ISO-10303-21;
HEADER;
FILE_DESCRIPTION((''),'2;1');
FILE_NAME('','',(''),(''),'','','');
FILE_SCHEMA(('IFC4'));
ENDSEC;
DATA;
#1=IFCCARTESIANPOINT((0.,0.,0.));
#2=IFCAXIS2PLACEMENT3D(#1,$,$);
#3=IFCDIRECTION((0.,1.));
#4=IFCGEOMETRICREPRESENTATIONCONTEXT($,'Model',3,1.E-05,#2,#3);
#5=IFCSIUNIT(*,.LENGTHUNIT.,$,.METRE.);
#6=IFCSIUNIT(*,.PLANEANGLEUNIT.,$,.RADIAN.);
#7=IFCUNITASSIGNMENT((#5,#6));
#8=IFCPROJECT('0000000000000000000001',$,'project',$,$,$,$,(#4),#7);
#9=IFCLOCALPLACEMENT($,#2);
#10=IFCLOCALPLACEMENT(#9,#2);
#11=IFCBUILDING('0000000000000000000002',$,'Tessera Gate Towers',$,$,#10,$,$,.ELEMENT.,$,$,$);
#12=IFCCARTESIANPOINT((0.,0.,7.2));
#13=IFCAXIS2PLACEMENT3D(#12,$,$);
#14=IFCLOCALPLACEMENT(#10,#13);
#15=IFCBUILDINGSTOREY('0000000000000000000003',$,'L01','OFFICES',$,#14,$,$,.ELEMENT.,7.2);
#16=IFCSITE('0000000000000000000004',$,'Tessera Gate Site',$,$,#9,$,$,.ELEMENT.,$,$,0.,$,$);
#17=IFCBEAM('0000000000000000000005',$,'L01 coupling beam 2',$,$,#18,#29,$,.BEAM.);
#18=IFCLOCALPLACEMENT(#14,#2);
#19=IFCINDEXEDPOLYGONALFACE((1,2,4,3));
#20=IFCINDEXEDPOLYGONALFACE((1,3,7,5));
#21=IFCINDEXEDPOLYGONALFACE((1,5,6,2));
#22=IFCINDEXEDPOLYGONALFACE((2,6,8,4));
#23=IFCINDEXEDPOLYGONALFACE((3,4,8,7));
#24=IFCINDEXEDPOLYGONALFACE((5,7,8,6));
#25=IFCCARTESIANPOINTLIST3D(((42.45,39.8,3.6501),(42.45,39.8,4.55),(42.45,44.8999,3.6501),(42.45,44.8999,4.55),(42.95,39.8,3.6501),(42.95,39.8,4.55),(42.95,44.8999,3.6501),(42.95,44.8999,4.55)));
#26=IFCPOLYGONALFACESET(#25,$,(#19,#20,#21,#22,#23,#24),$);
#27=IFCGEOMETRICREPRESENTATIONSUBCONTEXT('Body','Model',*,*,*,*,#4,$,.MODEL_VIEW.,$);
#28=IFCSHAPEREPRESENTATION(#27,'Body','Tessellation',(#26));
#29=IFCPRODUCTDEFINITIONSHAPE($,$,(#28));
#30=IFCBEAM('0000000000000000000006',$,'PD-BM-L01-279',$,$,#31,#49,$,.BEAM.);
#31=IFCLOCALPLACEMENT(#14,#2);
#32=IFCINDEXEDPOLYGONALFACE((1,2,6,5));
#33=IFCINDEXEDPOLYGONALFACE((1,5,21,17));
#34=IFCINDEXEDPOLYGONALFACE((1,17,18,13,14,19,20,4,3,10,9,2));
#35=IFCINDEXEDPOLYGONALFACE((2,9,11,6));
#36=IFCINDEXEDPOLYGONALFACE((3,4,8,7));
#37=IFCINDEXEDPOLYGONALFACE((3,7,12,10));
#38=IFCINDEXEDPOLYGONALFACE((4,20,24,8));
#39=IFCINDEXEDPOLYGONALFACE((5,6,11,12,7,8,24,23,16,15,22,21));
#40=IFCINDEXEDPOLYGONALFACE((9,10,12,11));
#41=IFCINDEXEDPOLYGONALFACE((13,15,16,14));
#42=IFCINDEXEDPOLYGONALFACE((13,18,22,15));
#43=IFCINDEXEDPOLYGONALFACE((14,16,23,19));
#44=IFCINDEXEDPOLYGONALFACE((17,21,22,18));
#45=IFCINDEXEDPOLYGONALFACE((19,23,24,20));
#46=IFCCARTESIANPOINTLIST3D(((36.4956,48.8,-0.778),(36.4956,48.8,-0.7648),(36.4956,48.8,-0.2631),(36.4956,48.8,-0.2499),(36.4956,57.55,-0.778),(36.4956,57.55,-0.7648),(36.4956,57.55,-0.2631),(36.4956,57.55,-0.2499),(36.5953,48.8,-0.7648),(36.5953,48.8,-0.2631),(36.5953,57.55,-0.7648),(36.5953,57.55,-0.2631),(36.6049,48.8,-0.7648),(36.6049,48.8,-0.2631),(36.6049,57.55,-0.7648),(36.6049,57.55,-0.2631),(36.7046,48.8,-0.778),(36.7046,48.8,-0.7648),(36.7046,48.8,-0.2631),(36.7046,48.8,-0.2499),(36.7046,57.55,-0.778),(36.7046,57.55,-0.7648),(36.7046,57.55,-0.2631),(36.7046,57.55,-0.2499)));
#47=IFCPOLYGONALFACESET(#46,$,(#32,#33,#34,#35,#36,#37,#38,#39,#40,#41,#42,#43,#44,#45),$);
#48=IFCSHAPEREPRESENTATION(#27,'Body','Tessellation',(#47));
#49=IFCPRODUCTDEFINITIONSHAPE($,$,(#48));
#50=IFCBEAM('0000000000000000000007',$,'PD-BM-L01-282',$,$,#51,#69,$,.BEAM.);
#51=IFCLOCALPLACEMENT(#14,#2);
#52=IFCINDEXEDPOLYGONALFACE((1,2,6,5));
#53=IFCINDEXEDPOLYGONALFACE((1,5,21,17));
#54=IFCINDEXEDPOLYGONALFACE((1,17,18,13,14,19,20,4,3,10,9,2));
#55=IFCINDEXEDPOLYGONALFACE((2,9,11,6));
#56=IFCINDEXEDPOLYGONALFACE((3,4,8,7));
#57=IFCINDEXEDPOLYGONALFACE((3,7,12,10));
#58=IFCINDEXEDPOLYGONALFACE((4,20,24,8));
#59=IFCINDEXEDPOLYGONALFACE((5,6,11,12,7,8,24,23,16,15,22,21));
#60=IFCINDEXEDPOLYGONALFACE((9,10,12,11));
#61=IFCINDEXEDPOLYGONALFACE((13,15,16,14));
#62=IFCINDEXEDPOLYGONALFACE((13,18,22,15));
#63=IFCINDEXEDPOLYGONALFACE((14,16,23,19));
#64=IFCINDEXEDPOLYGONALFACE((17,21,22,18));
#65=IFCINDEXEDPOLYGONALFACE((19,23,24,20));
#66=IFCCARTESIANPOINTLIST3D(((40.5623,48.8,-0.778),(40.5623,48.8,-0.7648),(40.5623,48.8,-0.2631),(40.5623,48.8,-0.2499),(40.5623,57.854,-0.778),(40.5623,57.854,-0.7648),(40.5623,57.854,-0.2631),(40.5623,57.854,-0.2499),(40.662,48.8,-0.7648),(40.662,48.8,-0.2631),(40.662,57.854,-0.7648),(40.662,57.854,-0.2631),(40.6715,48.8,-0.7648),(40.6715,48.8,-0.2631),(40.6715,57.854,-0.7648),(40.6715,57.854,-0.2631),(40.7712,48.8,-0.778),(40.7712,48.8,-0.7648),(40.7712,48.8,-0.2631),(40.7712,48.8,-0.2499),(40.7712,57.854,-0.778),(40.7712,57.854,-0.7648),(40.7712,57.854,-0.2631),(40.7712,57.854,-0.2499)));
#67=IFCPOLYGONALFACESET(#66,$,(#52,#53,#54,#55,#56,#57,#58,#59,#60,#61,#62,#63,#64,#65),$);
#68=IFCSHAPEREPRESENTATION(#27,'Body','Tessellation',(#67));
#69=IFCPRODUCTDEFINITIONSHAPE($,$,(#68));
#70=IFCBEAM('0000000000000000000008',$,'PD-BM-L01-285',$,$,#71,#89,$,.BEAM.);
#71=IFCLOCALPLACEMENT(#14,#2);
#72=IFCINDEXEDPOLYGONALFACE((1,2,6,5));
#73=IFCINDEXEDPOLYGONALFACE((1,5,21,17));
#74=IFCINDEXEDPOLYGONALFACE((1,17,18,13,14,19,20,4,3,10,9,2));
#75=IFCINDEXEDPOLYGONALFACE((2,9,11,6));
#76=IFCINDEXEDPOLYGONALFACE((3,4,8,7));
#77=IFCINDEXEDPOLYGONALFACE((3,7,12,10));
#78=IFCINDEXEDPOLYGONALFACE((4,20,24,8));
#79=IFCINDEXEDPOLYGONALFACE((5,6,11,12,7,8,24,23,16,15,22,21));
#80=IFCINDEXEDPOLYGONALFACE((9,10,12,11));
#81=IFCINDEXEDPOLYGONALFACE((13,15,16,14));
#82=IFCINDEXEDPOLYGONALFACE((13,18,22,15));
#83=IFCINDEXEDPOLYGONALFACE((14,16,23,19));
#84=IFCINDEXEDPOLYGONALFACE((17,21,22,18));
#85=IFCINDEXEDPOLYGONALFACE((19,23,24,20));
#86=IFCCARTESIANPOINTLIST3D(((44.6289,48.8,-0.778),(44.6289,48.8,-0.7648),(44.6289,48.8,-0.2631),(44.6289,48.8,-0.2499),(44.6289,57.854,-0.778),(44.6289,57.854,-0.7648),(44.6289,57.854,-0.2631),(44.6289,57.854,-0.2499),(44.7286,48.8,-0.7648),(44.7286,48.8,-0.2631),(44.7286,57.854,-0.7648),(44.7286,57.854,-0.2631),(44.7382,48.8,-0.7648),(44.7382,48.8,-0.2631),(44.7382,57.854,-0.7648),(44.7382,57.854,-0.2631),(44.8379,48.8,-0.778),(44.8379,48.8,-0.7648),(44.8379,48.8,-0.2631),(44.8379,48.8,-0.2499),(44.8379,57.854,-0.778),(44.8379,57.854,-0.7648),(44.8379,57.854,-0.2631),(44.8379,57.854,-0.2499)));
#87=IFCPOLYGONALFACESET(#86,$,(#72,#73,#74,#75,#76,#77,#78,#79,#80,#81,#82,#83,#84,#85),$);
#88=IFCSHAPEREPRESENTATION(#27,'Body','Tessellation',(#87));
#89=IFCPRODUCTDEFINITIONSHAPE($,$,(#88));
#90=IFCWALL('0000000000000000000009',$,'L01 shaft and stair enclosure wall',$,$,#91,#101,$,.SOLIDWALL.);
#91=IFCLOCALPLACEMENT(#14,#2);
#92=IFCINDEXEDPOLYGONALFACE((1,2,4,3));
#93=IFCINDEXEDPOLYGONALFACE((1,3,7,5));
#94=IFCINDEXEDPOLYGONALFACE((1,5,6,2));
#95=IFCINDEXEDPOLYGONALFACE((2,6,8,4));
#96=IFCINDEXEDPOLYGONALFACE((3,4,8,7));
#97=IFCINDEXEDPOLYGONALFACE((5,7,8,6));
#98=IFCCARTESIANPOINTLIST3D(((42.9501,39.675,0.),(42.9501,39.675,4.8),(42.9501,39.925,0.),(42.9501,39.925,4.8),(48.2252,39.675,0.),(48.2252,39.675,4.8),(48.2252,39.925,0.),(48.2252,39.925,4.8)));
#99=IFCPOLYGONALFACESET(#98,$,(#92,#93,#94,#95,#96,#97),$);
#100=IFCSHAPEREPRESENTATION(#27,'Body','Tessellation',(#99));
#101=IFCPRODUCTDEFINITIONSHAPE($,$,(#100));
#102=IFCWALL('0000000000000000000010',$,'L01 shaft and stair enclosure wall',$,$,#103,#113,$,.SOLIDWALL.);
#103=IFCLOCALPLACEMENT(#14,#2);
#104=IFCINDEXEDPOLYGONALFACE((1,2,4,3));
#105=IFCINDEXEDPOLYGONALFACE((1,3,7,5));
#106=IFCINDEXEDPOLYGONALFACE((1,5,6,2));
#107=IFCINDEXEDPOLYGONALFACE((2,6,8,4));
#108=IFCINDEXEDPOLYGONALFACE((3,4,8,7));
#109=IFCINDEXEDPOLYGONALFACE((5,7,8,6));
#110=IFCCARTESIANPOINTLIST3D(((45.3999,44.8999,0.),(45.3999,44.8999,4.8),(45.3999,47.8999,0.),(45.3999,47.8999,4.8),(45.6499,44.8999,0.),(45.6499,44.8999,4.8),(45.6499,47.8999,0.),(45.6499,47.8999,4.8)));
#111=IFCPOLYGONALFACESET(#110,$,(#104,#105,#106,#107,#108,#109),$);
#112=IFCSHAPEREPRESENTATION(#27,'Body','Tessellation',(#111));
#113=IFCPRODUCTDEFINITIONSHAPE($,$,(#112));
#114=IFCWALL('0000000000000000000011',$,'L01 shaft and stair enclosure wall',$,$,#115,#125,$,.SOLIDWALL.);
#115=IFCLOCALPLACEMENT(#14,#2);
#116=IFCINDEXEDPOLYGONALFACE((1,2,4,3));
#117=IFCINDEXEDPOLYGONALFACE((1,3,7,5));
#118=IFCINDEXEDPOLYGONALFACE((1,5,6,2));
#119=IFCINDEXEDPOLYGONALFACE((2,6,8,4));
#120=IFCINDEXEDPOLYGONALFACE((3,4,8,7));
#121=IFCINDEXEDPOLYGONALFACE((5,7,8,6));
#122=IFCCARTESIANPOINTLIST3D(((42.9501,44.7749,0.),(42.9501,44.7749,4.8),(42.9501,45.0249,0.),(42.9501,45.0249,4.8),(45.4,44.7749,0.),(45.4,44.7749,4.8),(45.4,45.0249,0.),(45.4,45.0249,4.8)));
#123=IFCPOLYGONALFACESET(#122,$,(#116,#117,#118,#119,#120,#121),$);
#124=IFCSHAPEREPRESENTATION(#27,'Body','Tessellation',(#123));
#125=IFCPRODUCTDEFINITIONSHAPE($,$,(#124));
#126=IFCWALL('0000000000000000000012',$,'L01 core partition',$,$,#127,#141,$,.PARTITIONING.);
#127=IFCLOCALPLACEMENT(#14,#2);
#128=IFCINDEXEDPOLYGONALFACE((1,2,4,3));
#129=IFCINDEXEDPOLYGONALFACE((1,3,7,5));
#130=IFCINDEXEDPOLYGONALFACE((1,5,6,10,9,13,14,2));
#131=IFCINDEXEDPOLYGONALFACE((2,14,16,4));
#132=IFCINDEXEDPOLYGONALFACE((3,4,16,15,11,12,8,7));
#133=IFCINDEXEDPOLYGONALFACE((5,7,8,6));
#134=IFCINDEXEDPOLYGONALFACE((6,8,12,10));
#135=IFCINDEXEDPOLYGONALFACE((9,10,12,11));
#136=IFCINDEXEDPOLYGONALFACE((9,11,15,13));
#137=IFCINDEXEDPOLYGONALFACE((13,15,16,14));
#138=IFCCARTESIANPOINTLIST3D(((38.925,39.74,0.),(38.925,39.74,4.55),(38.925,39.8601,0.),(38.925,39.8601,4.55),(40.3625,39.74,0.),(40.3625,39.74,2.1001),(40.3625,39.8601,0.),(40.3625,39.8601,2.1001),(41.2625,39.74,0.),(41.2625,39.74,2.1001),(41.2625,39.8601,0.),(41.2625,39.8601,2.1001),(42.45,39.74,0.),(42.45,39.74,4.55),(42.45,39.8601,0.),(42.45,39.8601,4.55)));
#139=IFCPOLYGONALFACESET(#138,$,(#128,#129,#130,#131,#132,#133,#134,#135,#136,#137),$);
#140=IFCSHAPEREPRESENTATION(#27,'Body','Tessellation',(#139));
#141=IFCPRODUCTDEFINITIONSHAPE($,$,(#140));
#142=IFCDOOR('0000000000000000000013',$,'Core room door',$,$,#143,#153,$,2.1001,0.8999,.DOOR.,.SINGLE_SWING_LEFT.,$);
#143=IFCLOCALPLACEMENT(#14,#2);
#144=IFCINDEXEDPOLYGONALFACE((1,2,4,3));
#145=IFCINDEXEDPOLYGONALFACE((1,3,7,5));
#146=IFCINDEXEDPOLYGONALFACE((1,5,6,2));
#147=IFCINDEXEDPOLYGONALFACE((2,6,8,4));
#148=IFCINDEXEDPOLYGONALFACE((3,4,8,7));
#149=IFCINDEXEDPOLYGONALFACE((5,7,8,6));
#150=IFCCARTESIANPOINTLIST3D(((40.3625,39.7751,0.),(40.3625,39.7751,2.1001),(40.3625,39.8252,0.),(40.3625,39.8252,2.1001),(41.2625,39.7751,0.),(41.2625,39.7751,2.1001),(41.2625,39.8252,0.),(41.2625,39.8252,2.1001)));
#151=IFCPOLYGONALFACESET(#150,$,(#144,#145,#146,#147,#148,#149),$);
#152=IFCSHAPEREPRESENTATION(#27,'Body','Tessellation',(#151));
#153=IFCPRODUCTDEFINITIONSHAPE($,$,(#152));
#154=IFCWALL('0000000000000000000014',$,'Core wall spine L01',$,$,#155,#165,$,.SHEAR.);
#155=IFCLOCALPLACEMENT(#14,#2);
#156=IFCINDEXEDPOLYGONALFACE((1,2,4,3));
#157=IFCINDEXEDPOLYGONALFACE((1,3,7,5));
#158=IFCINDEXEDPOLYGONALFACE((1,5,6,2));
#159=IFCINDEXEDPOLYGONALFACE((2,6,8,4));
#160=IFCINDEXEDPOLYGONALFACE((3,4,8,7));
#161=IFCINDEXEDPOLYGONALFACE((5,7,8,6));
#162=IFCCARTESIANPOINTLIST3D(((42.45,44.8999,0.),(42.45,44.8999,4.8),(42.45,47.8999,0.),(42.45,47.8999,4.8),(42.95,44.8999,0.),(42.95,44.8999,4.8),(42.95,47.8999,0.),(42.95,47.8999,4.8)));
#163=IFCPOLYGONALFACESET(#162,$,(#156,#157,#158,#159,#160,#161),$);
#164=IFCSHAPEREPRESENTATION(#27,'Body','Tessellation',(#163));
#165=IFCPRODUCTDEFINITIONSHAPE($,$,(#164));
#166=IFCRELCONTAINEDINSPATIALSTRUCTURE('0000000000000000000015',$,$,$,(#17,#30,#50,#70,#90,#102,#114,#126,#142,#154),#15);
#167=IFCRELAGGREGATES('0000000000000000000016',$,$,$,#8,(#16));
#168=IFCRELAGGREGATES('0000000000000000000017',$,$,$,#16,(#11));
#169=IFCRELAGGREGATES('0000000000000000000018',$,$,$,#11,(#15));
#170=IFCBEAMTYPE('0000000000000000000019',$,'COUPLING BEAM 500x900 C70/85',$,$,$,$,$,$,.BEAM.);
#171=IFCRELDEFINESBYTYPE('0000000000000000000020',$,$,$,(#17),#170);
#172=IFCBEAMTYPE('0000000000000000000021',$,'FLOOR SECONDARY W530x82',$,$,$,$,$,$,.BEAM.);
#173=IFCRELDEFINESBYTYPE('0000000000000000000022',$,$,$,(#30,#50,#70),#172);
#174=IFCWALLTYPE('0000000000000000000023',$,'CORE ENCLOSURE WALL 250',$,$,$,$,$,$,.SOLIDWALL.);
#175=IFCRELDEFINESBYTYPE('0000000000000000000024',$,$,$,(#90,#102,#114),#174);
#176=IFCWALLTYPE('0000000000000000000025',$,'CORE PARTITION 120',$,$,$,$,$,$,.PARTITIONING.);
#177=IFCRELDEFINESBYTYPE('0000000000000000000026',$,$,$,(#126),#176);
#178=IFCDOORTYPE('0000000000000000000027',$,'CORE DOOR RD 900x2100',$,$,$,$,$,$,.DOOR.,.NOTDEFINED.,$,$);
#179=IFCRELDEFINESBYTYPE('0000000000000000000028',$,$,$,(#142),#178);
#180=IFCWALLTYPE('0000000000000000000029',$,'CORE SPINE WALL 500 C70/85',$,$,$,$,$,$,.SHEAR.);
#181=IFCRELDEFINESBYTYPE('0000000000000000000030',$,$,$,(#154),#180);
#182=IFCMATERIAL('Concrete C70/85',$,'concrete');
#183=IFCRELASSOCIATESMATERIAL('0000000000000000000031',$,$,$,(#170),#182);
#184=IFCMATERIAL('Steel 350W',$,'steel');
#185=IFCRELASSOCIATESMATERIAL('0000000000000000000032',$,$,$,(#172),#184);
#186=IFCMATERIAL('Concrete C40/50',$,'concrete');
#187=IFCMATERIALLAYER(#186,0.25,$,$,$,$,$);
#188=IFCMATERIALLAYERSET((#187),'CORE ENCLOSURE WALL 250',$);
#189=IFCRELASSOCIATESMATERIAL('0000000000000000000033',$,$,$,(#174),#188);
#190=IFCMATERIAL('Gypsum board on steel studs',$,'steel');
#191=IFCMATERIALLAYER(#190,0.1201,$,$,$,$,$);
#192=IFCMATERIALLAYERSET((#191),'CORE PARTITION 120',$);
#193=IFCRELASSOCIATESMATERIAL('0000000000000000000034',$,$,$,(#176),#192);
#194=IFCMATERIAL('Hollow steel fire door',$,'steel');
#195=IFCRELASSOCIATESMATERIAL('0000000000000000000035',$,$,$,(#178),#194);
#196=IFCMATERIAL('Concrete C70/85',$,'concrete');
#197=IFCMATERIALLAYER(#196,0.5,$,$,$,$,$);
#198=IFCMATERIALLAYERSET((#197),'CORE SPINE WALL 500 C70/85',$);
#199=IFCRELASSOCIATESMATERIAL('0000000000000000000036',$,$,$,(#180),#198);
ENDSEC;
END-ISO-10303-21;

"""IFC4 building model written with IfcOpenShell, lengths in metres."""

from ifc_helpers import new_model, si_unit, direction, frame, frame_2d, origin, origin_2d, place, context, subcontext, project, spatial, rectangle, i_section, extrude, source, transform, mapped, material, layer, layer_set, material_profile, profile_set, type_object, element, fill, save


model = new_model("IFC4")

# Units and contexts
model_context = context("Model", 3, precision=1e-05, world=origin(), true_north=direction((0.0, 1.0)))
body_context = subcontext(model_context, "Body", "Model", "MODEL_VIEW")
ifc_project = project(units=[si_unit("LENGTHUNIT", "METRE"), si_unit("PLANEANGLEUNIT", "RADIAN")], contexts=[model_context])

# Site, building, storey
site_placement = place(None, origin())
site = spatial("IfcSite", under=ifc_project, at=site_placement, Name="Tessera Gate Site", CompositionType="ELEMENT", RefElevation=0.0)
building_placement = place(site_placement, origin())
building = spatial("IfcBuilding", under=site, at=building_placement, Name="Tessera Gate Towers", CompositionType="ELEMENT")
storey_placement = place(building_placement, frame((0.0, 0.0, 7.2)))
storey = spatial("IfcBuildingStorey", under=building, at=storey_placement, Name="L01", Description="OFFICES", CompositionType="ELEMENT", Elevation=7.2)

# Beams
ifc_material_1 = material(Name="Concrete C70/85", Category="concrete")
ifc_material_profile_1 = material_profile(ifc_material_1, rectangle(XDim=0.5, YDim=0.8999, at=origin_2d()), Name="RC 500x900")
ifc_profile_set_1 = profile_set([ifc_material_profile_1], Name="Concrete C70/85")
beam_type_1 = type_object("IfcBeamType", Name="COUPLING BEAM 500x900 C70/85", PredefinedType="BEAM", material=ifc_profile_set_1)
beam_1_placement = place(storey_placement, frame((42.7, 39.8, 4.1001), z_axis=(0.0, 1.0, 0.0), x_axis=(-1.0, 0.0, 0.0)))
element("IfcBeam", 1, at=beam_1_placement, inside=storey, type_object=beam_type_1, Name="L01 coupling beam 2", PredefinedType="BEAM", context=body_context, shape_type="SweptSolid", body=[
    extrude(rectangle(XDim=0.5, YDim=0.8999, at=origin_2d()), origin(), (0.0, 0.0, 1.0), 5.0999),
])
ifc_material_2 = material(Name="Steel 350W", Category="steel")
ifc_material_profile_2 = material_profile(ifc_material_2, i_section(OverallWidth=0.209, OverallDepth=0.5281, WebThickness=0.0095, FlangeThickness=0.0132, at=origin_2d()), Name="W530x82")
ifc_profile_set_2 = profile_set([ifc_material_profile_2], Name="Steel 350W")
beam_type_2 = type_object("IfcBeamType", Name="FLOOR SECONDARY W530x82", PredefinedType="BEAM", material=ifc_profile_set_2)
beam_2_placement = place(storey_placement, frame((36.6001, 48.8, -0.5139), z_axis=(0.0, 1.0, 0.0), x_axis=(-1.0, 0.0, 0.0)))
element("IfcBeam", 2, at=beam_2_placement, inside=storey, type_object=beam_type_2, Name="PD-BM-L01-279", PredefinedType="BEAM", context=body_context, shape_type="SweptSolid", body=[
    extrude(i_section(OverallWidth=0.209, OverallDepth=0.5281, WebThickness=0.0095, FlangeThickness=0.0132, at=origin_2d()), origin(), (0.0, 0.0, 1.0), 8.75),
])
for number, where, z_axis, x_axis, name in (
    (3, (40.6667, 48.8, -0.5139), (0.0, 1.0, 0.0), (-1.0, 0.0, 0.0), "PD-BM-L01-282"),
    (4, (44.7334, 48.8, -0.5139), (0.0, 1.0, 0.0), (-1.0, 0.0, 0.0), "PD-BM-L01-285"),
):
    element("IfcBeam", number, at=place(storey_placement, frame(where, z_axis=z_axis, x_axis=x_axis)), inside=storey, type_object=beam_type_2, Name=name, PredefinedType="BEAM", context=body_context, shape_type="SweptSolid", body=[
        extrude(i_section(OverallWidth=0.209, OverallDepth=0.5281, WebThickness=0.0095, FlangeThickness=0.0132, at=origin_2d()), origin(), (0.0, 0.0, 1.0), 9.054),
    ])

# Walls
ifc_material_3 = material(Name="Concrete C40/50", Category="concrete")
ifc_layer_1 = layer(ifc_material_3, 0.25)
ifc_layer_set_1 = layer_set([ifc_layer_1], Name="CORE ENCLOSURE WALL 250")
wall_type_1 = type_object("IfcWallType", Name="CORE ENCLOSURE WALL 250", PredefinedType="SOLIDWALL", material=ifc_layer_set_1)
wall_1_placement = place(storey_placement, frame((42.95, 39.8, 0.0), z_axis=(0.0, 0.0, 1.0), x_axis=(1.0, 0.0, 0.0)))
element("IfcWall", 5, at=wall_1_placement, inside=storey, type_object=wall_type_1, Name="L01 shaft and stair enclosure wall", PredefinedType="SOLIDWALL", context=body_context, shape_type="SweptSolid", body=[
    extrude(rectangle(XDim=5.2751, YDim=0.25, at=frame_2d((2.6377, 0.0))), origin(), (0.0, 0.0, 1.0), 4.8),
])
wall_2_placement = place(storey_placement, frame((45.5249, 44.8999, 0.0), z_axis=(0.0, 0.0, 1.0), x_axis=(0.0, 1.0, 0.0)))
element("IfcWall", 6, at=wall_2_placement, inside=storey, type_object=wall_type_1, Name="L01 shaft and stair enclosure wall", PredefinedType="SOLIDWALL", context=body_context, shape_type="SweptSolid", body=[
    extrude(rectangle(XDim=3.0, YDim=0.25, at=frame_2d((1.5, 0.0))), origin(), (0.0, 0.0, 1.0), 4.8),
])
wall_3_placement = place(storey_placement, frame((42.95, 44.8999, 0.0), z_axis=(0.0, 0.0, 1.0), x_axis=(1.0, 0.0, 0.0)))
element("IfcWall", 7, at=wall_3_placement, inside=storey, type_object=wall_type_1, Name="L01 shaft and stair enclosure wall", PredefinedType="SOLIDWALL", context=body_context, shape_type="SweptSolid", body=[
    extrude(rectangle(XDim=2.45, YDim=0.25, at=frame_2d((1.2251, 0.0))), origin(), (0.0, 0.0, 1.0), 4.8),
])

# Wall, opening, door
ifc_material_4 = material(Name="Gypsum board on steel studs", Category="steel")
ifc_layer_2 = layer(ifc_material_4, 0.1201)
ifc_layer_set_2 = layer_set([ifc_layer_2], Name="CORE PARTITION 120")
wall_type_2 = type_object("IfcWallType", Name="CORE PARTITION 120", PredefinedType="PARTITIONING", material=ifc_layer_set_2)
wall_4_placement = place(storey_placement, frame((42.45, 39.8, 0.0), z_axis=(0.0, 0.0, 1.0), x_axis=(-1.0, 0.0, 0.0)))
wall_4 = element("IfcWall", 8, at=wall_4_placement, inside=storey, type_object=wall_type_2, Name="L01 core partition", PredefinedType="PARTITIONING", context=body_context, shape_type="SweptSolid", body=[
    extrude(rectangle(XDim=3.5249, YDim=0.1201, at=frame_2d((1.7625, 0.0))), origin(), (0.0, 0.0, 1.0), 4.55),
])
shared_shape_1 = source(origin(), body_context, "Body", "SweptSolid", [
    extrude(rectangle(XDim=0.8999, YDim=2.1001, at=frame_2d((0.45, 1.05))), frame((0.0, 0.0701, 0.0), z_axis=(0.0, -1.0, 0.0), x_axis=(1.0, 0.0, 0.0)), (0.0, 0.0, 1.0), 0.1401),
])
opening_1_placement = place(wall_4_placement, frame((1.1875, 0.0, 0.0)))
opening_1 = element("IfcOpeningElement", 9, at=opening_1_placement, cuts=wall_4, PredefinedType="OPENING", context=body_context, shape_type="MappedRepresentation", body=[
    mapped(shared_shape_1, transform((0.0, 0.0, 0.0), scale=1.0)),
])
ifc_material_5 = material(Name="Hollow steel fire door", Category="steel")
door_type_1 = type_object("IfcDoorType", Name="CORE DOOR RD 900x2100", OperationType="NOTDEFINED", PredefinedType="DOOR", material=ifc_material_5)
shared_shape_2 = source(origin(), body_context, "Body", "SweptSolid", [
    extrude(rectangle(XDim=0.8999, YDim=2.1001, at=frame_2d((0.45, 1.05))), frame((0.0, 0.0249, 0.0), z_axis=(0.0, -1.0, 0.0), x_axis=(1.0, 0.0, 0.0)), (0.0, 0.0, 1.0), 0.05),
])
door_1_placement = place(opening_1_placement, origin())
door_1 = element("IfcDoor", 10, at=door_1_placement, inside=storey, type_object=door_type_1, Name="Core room door", OperationType="SINGLE_SWING_LEFT", OverallHeight=2.1001, OverallWidth=0.8999, PredefinedType="DOOR", context=body_context, shape_type="MappedRepresentation", body=[
    mapped(shared_shape_2, transform((0.0, 0.0, 0.0), scale=1.0)),
])
fill(opening_1, door_1)

# Wall
ifc_material_6 = material(Name="Concrete C70/85", Category="concrete")
ifc_layer_3 = layer(ifc_material_6, 0.5)
ifc_layer_set_3 = layer_set([ifc_layer_3], Name="CORE SPINE WALL 500 C70/85")
wall_type_3 = type_object("IfcWallType", Name="CORE SPINE WALL 500 C70/85", PredefinedType="SHEAR", material=ifc_layer_set_3)
wall_5_placement = place(storey_placement, frame((42.7, 44.8999, 0.0), z_axis=(0.0, 0.0, 1.0), x_axis=(0.0, 1.0, 0.0)))
element("IfcWall", 11, at=wall_5_placement, inside=storey, type_object=wall_type_3, Name="Core wall spine L01", PredefinedType="SHEAR", context=body_context, shape_type="SweptSolid", body=[
    extrude(rectangle(XDim=3.0, YDim=0.5, at=frame_2d((1.5, 0.0))), origin(), (0.0, 0.0, 1.0), 4.8),
])

save(model, "model.ifc")
